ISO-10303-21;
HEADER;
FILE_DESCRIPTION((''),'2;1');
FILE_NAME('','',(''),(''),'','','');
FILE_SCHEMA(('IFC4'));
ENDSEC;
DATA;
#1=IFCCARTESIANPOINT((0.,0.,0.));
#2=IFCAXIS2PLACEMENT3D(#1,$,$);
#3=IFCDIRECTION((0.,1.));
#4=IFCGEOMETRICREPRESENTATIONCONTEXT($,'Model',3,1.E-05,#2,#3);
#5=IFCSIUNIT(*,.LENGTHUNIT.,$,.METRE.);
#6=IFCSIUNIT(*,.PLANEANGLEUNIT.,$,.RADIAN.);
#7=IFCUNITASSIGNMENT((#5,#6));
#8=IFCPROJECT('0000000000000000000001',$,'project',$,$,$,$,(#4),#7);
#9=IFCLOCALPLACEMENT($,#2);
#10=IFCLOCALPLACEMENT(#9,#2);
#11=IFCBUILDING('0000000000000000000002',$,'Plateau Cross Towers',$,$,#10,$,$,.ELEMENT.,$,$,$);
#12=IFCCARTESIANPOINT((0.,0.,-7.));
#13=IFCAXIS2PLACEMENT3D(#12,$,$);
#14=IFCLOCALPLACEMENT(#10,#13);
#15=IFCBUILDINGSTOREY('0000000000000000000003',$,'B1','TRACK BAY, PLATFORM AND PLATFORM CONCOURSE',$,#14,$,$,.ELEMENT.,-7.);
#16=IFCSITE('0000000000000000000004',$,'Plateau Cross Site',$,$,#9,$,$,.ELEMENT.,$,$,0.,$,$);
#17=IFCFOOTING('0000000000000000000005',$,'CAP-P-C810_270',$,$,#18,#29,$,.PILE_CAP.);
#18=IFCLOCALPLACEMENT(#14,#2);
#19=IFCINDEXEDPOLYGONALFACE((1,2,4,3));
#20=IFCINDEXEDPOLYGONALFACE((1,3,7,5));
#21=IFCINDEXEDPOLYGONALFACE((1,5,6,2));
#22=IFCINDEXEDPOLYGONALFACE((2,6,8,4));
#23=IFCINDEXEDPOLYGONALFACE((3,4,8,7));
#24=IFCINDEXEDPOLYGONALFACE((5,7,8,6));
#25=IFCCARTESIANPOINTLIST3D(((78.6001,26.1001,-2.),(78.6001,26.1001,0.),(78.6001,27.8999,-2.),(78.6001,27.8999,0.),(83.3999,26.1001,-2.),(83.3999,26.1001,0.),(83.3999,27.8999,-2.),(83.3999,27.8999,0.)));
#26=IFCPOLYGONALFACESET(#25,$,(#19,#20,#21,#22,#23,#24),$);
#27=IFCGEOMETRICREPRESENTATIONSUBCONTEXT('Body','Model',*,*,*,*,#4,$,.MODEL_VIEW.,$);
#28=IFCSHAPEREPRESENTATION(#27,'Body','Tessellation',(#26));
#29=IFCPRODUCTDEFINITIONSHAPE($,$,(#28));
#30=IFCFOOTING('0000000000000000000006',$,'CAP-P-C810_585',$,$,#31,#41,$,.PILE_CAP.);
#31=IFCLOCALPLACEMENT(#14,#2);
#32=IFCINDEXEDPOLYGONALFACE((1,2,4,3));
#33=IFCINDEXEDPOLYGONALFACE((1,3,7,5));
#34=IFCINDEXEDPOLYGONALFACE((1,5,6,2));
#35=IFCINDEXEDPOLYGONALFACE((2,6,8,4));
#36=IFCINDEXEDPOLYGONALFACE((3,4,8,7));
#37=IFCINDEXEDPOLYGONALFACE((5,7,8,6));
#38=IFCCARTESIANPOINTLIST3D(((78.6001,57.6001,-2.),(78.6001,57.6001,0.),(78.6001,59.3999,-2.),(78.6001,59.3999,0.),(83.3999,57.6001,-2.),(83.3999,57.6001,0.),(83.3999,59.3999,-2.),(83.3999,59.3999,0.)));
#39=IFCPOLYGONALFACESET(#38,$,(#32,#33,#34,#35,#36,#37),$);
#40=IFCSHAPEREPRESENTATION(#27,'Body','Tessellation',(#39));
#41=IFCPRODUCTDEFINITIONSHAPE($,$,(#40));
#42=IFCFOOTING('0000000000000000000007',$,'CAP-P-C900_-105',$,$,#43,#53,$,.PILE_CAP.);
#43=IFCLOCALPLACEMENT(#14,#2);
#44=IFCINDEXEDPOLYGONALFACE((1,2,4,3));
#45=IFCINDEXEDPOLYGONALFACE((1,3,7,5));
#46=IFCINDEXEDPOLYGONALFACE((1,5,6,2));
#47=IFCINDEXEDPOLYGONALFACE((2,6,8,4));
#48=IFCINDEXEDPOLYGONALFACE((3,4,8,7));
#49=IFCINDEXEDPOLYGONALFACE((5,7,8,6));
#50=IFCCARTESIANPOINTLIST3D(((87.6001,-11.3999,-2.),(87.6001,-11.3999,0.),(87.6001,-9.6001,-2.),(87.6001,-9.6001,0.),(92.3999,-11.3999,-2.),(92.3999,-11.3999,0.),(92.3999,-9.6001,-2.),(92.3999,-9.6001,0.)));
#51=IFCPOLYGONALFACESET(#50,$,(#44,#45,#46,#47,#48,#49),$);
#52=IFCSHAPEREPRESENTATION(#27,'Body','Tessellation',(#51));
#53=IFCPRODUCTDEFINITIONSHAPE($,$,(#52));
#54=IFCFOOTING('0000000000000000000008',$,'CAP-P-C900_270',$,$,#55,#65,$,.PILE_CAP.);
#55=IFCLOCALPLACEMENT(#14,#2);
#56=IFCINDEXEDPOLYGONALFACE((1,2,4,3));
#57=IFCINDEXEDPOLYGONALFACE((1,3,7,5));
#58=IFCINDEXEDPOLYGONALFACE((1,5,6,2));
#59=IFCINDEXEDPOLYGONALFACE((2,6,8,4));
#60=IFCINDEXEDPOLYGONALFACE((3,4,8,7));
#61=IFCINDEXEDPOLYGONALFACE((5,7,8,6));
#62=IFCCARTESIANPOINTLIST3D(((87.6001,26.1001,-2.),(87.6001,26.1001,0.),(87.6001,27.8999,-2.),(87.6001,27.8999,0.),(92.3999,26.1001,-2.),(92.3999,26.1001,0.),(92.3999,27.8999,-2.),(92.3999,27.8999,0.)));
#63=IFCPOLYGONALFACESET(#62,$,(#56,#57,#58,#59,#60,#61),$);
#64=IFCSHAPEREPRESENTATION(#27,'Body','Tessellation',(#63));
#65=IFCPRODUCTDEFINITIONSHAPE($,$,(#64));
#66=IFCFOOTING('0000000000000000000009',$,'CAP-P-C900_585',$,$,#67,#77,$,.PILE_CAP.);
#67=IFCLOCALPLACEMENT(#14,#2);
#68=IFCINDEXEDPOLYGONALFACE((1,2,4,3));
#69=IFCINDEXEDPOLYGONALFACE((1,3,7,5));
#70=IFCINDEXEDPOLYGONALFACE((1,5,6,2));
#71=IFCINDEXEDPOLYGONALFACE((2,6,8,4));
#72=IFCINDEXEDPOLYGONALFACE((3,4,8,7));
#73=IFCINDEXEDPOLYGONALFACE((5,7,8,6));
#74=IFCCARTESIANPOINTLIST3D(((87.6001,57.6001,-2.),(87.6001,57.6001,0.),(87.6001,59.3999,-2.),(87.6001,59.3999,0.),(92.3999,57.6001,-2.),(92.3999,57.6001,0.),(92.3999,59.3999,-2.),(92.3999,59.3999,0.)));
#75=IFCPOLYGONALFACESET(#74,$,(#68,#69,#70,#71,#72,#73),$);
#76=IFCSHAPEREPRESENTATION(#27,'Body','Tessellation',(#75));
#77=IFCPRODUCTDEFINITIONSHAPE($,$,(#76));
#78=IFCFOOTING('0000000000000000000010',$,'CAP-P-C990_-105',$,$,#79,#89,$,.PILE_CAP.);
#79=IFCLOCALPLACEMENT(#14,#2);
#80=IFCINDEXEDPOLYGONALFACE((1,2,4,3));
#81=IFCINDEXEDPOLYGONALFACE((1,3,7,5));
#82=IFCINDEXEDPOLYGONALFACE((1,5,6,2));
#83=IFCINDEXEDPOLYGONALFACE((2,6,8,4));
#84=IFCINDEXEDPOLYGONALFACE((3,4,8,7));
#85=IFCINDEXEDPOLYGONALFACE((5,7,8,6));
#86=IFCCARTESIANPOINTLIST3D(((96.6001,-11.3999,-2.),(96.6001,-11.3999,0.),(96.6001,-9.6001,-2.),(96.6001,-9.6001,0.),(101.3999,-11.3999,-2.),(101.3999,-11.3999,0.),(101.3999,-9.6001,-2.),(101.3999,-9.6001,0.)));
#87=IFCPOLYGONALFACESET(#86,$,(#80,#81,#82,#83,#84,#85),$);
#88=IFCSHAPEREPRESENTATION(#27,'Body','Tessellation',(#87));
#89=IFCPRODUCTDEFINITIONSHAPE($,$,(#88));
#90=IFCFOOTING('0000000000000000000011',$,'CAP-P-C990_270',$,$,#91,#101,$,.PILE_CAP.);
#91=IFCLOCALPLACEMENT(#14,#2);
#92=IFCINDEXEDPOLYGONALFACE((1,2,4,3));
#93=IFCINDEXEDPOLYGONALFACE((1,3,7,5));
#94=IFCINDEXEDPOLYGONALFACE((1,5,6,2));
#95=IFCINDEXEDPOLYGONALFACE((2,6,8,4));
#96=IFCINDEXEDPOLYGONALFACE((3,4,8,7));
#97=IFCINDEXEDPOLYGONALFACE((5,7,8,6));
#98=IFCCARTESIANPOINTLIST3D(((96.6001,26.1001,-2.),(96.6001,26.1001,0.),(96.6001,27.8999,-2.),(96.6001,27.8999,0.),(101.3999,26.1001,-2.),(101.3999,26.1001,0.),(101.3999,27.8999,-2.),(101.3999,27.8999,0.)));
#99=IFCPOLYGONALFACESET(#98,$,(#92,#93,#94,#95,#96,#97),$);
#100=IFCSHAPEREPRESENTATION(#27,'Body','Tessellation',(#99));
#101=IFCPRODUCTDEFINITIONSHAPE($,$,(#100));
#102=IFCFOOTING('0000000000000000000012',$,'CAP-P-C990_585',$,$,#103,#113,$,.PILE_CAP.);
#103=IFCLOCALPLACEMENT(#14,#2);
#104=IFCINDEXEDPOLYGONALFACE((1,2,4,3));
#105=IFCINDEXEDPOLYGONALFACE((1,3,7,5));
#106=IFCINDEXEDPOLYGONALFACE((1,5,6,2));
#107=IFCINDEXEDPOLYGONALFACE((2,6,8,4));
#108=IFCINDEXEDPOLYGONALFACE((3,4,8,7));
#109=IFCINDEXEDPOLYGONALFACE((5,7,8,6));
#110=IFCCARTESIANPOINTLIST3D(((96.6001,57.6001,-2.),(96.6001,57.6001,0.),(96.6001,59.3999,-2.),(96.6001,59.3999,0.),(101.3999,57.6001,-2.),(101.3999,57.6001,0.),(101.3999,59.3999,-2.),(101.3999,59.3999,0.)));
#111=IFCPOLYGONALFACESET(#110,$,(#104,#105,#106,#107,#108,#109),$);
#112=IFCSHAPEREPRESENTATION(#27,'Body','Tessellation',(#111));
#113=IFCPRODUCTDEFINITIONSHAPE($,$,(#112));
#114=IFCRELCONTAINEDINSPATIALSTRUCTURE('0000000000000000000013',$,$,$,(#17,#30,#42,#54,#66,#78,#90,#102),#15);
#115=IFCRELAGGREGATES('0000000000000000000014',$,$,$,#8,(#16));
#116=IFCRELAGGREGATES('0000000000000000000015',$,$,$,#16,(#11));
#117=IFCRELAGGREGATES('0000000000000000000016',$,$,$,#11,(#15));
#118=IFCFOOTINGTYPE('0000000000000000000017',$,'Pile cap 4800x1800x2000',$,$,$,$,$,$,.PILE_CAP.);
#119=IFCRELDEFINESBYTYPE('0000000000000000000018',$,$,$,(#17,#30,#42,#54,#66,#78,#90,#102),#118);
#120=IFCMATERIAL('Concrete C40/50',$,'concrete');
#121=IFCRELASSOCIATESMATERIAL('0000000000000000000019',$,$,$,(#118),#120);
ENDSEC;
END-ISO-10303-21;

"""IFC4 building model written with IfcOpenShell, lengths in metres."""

from ifc_helpers import new_model, si_unit, direction, frame, origin, place, context, subcontext, project, spatial, polyline, outline, extrude, material, type_object, element, save


model = new_model("IFC4")

# Units and contexts
model_context = context("Model", 3, precision=1e-05, world=origin(), true_north=direction((0.0, 1.0)))
body_context = subcontext(model_context, "Body", "Model", "MODEL_VIEW")
ifc_project = project(units=[si_unit("LENGTHUNIT", "METRE"), si_unit("PLANEANGLEUNIT", "RADIAN")], contexts=[model_context])

# Site, building, storey
site_placement = place(None, origin())
site = spatial("IfcSite", under=ifc_project, at=site_placement, Name="Plateau Cross Site", CompositionType="ELEMENT", RefElevation=0.0)
building_placement = place(site_placement, origin())
building = spatial("IfcBuilding", under=site, at=building_placement, Name="Plateau Cross Towers", CompositionType="ELEMENT")
storey_placement = place(building_placement, frame((0.0, 0.0, -7.0)))
storey = spatial("IfcBuildingStorey", under=building, at=storey_placement, Name="B1", Description="TRACK BAY, PLATFORM AND PLATFORM CONCOURSE", CompositionType="ELEMENT", Elevation=-7.0)

# Footings
ifc_material = material(Name="Concrete C40/50", Category="concrete")
footing_type_1 = type_object("IfcFootingType", Name="Pile cap 4800x1800x2000", PredefinedType="PILE_CAP", material=ifc_material)
footing_1_placement = place(storey_placement, frame((0.0, 0.0, -2.0)))
element("IfcFooting", 1, at=footing_1_placement, inside=storey, type_object=footing_type_1, Name="CAP-P-C810_270", PredefinedType="PILE_CAP", context=body_context, shape_type="SweptSolid", body=[
    extrude(outline(polyline([(83.3999, 26.1001), (83.3999, 27.8999), (78.6001, 27.8999), (78.6001, 26.1001), (83.3999, 26.1001)])), origin(), (0.0, 0.0, 1.0), 2.0),
])
footing_2_placement = place(storey_placement, frame((0.0, 0.0, -2.0)))
element("IfcFooting", 2, at=footing_2_placement, inside=storey, type_object=footing_type_1, Name="CAP-P-C810_585", PredefinedType="PILE_CAP", context=body_context, shape_type="SweptSolid", body=[
    extrude(outline(polyline([(83.3999, 57.6001), (83.3999, 59.3999), (78.6001, 59.3999), (78.6001, 57.6001), (83.3999, 57.6001)])), origin(), (0.0, 0.0, 1.0), 2.0),
])
footing_3_placement = place(storey_placement, frame((0.0, 0.0, -2.0)))
element("IfcFooting", 3, at=footing_3_placement, inside=storey, type_object=footing_type_1, Name="CAP-P-C900_-105", PredefinedType="PILE_CAP", context=body_context, shape_type="SweptSolid", body=[
    extrude(outline(polyline([(92.3999, -11.3999), (92.3999, -9.6001), (87.6001, -9.6001), (87.6001, -11.3999), (92.3999, -11.3999)])), origin(), (0.0, 0.0, 1.0), 2.0),
])
footing_4_placement = place(storey_placement, frame((0.0, 0.0, -2.0)))
element("IfcFooting", 4, at=footing_4_placement, inside=storey, type_object=footing_type_1, Name="CAP-P-C900_270", PredefinedType="PILE_CAP", context=body_context, shape_type="SweptSolid", body=[
    extrude(outline(polyline([(92.3999, 26.1001), (92.3999, 27.8999), (87.6001, 27.8999), (87.6001, 26.1001), (92.3999, 26.1001)])), origin(), (0.0, 0.0, 1.0), 2.0),
])
footing_5_placement = place(storey_placement, frame((0.0, 0.0, -2.0)))
element("IfcFooting", 5, at=footing_5_placement, inside=storey, type_object=footing_type_1, Name="CAP-P-C900_585", PredefinedType="PILE_CAP", context=body_context, shape_type="SweptSolid", body=[
    extrude(outline(polyline([(92.3999, 57.6001), (92.3999, 59.3999), (87.6001, 59.3999), (87.6001, 57.6001), (92.3999, 57.6001)])), origin(), (0.0, 0.0, 1.0), 2.0),
])
footing_6_placement = place(storey_placement, frame((0.0, 0.0, -2.0)))
element("IfcFooting", 6, at=footing_6_placement, inside=storey, type_object=footing_type_1, Name="CAP-P-C990_-105", PredefinedType="PILE_CAP", context=body_context, shape_type="SweptSolid", body=[
    extrude(outline(polyline([(101.3999, -11.3999), (101.3999, -9.6001), (96.6001, -9.6001), (96.6001, -11.3999), (101.3999, -11.3999)])), origin(), (0.0, 0.0, 1.0), 2.0),
])
footing_7_placement = place(storey_placement, frame((0.0, 0.0, -2.0)))
element("IfcFooting", 7, at=footing_7_placement, inside=storey, type_object=footing_type_1, Name="CAP-P-C990_270", PredefinedType="PILE_CAP", context=body_context, shape_type="SweptSolid", body=[
    extrude(outline(polyline([(101.3999, 26.1001), (101.3999, 27.8999), (96.6001, 27.8999), (96.6001, 26.1001), (101.3999, 26.1001)])), origin(), (0.0, 0.0, 1.0), 2.0),
])
footing_8_placement = place(storey_placement, frame((0.0, 0.0, -2.0)))
element("IfcFooting", 8, at=footing_8_placement, inside=storey, type_object=footing_type_1, Name="CAP-P-C990_585", PredefinedType="PILE_CAP", context=body_context, shape_type="SweptSolid", body=[
    extrude(outline(polyline([(101.3999, 57.6001), (101.3999, 59.3999), (96.6001, 59.3999), (96.6001, 57.6001), (101.3999, 57.6001)])), origin(), (0.0, 0.0, 1.0), 2.0),
])

save(model, "model.ifc")
